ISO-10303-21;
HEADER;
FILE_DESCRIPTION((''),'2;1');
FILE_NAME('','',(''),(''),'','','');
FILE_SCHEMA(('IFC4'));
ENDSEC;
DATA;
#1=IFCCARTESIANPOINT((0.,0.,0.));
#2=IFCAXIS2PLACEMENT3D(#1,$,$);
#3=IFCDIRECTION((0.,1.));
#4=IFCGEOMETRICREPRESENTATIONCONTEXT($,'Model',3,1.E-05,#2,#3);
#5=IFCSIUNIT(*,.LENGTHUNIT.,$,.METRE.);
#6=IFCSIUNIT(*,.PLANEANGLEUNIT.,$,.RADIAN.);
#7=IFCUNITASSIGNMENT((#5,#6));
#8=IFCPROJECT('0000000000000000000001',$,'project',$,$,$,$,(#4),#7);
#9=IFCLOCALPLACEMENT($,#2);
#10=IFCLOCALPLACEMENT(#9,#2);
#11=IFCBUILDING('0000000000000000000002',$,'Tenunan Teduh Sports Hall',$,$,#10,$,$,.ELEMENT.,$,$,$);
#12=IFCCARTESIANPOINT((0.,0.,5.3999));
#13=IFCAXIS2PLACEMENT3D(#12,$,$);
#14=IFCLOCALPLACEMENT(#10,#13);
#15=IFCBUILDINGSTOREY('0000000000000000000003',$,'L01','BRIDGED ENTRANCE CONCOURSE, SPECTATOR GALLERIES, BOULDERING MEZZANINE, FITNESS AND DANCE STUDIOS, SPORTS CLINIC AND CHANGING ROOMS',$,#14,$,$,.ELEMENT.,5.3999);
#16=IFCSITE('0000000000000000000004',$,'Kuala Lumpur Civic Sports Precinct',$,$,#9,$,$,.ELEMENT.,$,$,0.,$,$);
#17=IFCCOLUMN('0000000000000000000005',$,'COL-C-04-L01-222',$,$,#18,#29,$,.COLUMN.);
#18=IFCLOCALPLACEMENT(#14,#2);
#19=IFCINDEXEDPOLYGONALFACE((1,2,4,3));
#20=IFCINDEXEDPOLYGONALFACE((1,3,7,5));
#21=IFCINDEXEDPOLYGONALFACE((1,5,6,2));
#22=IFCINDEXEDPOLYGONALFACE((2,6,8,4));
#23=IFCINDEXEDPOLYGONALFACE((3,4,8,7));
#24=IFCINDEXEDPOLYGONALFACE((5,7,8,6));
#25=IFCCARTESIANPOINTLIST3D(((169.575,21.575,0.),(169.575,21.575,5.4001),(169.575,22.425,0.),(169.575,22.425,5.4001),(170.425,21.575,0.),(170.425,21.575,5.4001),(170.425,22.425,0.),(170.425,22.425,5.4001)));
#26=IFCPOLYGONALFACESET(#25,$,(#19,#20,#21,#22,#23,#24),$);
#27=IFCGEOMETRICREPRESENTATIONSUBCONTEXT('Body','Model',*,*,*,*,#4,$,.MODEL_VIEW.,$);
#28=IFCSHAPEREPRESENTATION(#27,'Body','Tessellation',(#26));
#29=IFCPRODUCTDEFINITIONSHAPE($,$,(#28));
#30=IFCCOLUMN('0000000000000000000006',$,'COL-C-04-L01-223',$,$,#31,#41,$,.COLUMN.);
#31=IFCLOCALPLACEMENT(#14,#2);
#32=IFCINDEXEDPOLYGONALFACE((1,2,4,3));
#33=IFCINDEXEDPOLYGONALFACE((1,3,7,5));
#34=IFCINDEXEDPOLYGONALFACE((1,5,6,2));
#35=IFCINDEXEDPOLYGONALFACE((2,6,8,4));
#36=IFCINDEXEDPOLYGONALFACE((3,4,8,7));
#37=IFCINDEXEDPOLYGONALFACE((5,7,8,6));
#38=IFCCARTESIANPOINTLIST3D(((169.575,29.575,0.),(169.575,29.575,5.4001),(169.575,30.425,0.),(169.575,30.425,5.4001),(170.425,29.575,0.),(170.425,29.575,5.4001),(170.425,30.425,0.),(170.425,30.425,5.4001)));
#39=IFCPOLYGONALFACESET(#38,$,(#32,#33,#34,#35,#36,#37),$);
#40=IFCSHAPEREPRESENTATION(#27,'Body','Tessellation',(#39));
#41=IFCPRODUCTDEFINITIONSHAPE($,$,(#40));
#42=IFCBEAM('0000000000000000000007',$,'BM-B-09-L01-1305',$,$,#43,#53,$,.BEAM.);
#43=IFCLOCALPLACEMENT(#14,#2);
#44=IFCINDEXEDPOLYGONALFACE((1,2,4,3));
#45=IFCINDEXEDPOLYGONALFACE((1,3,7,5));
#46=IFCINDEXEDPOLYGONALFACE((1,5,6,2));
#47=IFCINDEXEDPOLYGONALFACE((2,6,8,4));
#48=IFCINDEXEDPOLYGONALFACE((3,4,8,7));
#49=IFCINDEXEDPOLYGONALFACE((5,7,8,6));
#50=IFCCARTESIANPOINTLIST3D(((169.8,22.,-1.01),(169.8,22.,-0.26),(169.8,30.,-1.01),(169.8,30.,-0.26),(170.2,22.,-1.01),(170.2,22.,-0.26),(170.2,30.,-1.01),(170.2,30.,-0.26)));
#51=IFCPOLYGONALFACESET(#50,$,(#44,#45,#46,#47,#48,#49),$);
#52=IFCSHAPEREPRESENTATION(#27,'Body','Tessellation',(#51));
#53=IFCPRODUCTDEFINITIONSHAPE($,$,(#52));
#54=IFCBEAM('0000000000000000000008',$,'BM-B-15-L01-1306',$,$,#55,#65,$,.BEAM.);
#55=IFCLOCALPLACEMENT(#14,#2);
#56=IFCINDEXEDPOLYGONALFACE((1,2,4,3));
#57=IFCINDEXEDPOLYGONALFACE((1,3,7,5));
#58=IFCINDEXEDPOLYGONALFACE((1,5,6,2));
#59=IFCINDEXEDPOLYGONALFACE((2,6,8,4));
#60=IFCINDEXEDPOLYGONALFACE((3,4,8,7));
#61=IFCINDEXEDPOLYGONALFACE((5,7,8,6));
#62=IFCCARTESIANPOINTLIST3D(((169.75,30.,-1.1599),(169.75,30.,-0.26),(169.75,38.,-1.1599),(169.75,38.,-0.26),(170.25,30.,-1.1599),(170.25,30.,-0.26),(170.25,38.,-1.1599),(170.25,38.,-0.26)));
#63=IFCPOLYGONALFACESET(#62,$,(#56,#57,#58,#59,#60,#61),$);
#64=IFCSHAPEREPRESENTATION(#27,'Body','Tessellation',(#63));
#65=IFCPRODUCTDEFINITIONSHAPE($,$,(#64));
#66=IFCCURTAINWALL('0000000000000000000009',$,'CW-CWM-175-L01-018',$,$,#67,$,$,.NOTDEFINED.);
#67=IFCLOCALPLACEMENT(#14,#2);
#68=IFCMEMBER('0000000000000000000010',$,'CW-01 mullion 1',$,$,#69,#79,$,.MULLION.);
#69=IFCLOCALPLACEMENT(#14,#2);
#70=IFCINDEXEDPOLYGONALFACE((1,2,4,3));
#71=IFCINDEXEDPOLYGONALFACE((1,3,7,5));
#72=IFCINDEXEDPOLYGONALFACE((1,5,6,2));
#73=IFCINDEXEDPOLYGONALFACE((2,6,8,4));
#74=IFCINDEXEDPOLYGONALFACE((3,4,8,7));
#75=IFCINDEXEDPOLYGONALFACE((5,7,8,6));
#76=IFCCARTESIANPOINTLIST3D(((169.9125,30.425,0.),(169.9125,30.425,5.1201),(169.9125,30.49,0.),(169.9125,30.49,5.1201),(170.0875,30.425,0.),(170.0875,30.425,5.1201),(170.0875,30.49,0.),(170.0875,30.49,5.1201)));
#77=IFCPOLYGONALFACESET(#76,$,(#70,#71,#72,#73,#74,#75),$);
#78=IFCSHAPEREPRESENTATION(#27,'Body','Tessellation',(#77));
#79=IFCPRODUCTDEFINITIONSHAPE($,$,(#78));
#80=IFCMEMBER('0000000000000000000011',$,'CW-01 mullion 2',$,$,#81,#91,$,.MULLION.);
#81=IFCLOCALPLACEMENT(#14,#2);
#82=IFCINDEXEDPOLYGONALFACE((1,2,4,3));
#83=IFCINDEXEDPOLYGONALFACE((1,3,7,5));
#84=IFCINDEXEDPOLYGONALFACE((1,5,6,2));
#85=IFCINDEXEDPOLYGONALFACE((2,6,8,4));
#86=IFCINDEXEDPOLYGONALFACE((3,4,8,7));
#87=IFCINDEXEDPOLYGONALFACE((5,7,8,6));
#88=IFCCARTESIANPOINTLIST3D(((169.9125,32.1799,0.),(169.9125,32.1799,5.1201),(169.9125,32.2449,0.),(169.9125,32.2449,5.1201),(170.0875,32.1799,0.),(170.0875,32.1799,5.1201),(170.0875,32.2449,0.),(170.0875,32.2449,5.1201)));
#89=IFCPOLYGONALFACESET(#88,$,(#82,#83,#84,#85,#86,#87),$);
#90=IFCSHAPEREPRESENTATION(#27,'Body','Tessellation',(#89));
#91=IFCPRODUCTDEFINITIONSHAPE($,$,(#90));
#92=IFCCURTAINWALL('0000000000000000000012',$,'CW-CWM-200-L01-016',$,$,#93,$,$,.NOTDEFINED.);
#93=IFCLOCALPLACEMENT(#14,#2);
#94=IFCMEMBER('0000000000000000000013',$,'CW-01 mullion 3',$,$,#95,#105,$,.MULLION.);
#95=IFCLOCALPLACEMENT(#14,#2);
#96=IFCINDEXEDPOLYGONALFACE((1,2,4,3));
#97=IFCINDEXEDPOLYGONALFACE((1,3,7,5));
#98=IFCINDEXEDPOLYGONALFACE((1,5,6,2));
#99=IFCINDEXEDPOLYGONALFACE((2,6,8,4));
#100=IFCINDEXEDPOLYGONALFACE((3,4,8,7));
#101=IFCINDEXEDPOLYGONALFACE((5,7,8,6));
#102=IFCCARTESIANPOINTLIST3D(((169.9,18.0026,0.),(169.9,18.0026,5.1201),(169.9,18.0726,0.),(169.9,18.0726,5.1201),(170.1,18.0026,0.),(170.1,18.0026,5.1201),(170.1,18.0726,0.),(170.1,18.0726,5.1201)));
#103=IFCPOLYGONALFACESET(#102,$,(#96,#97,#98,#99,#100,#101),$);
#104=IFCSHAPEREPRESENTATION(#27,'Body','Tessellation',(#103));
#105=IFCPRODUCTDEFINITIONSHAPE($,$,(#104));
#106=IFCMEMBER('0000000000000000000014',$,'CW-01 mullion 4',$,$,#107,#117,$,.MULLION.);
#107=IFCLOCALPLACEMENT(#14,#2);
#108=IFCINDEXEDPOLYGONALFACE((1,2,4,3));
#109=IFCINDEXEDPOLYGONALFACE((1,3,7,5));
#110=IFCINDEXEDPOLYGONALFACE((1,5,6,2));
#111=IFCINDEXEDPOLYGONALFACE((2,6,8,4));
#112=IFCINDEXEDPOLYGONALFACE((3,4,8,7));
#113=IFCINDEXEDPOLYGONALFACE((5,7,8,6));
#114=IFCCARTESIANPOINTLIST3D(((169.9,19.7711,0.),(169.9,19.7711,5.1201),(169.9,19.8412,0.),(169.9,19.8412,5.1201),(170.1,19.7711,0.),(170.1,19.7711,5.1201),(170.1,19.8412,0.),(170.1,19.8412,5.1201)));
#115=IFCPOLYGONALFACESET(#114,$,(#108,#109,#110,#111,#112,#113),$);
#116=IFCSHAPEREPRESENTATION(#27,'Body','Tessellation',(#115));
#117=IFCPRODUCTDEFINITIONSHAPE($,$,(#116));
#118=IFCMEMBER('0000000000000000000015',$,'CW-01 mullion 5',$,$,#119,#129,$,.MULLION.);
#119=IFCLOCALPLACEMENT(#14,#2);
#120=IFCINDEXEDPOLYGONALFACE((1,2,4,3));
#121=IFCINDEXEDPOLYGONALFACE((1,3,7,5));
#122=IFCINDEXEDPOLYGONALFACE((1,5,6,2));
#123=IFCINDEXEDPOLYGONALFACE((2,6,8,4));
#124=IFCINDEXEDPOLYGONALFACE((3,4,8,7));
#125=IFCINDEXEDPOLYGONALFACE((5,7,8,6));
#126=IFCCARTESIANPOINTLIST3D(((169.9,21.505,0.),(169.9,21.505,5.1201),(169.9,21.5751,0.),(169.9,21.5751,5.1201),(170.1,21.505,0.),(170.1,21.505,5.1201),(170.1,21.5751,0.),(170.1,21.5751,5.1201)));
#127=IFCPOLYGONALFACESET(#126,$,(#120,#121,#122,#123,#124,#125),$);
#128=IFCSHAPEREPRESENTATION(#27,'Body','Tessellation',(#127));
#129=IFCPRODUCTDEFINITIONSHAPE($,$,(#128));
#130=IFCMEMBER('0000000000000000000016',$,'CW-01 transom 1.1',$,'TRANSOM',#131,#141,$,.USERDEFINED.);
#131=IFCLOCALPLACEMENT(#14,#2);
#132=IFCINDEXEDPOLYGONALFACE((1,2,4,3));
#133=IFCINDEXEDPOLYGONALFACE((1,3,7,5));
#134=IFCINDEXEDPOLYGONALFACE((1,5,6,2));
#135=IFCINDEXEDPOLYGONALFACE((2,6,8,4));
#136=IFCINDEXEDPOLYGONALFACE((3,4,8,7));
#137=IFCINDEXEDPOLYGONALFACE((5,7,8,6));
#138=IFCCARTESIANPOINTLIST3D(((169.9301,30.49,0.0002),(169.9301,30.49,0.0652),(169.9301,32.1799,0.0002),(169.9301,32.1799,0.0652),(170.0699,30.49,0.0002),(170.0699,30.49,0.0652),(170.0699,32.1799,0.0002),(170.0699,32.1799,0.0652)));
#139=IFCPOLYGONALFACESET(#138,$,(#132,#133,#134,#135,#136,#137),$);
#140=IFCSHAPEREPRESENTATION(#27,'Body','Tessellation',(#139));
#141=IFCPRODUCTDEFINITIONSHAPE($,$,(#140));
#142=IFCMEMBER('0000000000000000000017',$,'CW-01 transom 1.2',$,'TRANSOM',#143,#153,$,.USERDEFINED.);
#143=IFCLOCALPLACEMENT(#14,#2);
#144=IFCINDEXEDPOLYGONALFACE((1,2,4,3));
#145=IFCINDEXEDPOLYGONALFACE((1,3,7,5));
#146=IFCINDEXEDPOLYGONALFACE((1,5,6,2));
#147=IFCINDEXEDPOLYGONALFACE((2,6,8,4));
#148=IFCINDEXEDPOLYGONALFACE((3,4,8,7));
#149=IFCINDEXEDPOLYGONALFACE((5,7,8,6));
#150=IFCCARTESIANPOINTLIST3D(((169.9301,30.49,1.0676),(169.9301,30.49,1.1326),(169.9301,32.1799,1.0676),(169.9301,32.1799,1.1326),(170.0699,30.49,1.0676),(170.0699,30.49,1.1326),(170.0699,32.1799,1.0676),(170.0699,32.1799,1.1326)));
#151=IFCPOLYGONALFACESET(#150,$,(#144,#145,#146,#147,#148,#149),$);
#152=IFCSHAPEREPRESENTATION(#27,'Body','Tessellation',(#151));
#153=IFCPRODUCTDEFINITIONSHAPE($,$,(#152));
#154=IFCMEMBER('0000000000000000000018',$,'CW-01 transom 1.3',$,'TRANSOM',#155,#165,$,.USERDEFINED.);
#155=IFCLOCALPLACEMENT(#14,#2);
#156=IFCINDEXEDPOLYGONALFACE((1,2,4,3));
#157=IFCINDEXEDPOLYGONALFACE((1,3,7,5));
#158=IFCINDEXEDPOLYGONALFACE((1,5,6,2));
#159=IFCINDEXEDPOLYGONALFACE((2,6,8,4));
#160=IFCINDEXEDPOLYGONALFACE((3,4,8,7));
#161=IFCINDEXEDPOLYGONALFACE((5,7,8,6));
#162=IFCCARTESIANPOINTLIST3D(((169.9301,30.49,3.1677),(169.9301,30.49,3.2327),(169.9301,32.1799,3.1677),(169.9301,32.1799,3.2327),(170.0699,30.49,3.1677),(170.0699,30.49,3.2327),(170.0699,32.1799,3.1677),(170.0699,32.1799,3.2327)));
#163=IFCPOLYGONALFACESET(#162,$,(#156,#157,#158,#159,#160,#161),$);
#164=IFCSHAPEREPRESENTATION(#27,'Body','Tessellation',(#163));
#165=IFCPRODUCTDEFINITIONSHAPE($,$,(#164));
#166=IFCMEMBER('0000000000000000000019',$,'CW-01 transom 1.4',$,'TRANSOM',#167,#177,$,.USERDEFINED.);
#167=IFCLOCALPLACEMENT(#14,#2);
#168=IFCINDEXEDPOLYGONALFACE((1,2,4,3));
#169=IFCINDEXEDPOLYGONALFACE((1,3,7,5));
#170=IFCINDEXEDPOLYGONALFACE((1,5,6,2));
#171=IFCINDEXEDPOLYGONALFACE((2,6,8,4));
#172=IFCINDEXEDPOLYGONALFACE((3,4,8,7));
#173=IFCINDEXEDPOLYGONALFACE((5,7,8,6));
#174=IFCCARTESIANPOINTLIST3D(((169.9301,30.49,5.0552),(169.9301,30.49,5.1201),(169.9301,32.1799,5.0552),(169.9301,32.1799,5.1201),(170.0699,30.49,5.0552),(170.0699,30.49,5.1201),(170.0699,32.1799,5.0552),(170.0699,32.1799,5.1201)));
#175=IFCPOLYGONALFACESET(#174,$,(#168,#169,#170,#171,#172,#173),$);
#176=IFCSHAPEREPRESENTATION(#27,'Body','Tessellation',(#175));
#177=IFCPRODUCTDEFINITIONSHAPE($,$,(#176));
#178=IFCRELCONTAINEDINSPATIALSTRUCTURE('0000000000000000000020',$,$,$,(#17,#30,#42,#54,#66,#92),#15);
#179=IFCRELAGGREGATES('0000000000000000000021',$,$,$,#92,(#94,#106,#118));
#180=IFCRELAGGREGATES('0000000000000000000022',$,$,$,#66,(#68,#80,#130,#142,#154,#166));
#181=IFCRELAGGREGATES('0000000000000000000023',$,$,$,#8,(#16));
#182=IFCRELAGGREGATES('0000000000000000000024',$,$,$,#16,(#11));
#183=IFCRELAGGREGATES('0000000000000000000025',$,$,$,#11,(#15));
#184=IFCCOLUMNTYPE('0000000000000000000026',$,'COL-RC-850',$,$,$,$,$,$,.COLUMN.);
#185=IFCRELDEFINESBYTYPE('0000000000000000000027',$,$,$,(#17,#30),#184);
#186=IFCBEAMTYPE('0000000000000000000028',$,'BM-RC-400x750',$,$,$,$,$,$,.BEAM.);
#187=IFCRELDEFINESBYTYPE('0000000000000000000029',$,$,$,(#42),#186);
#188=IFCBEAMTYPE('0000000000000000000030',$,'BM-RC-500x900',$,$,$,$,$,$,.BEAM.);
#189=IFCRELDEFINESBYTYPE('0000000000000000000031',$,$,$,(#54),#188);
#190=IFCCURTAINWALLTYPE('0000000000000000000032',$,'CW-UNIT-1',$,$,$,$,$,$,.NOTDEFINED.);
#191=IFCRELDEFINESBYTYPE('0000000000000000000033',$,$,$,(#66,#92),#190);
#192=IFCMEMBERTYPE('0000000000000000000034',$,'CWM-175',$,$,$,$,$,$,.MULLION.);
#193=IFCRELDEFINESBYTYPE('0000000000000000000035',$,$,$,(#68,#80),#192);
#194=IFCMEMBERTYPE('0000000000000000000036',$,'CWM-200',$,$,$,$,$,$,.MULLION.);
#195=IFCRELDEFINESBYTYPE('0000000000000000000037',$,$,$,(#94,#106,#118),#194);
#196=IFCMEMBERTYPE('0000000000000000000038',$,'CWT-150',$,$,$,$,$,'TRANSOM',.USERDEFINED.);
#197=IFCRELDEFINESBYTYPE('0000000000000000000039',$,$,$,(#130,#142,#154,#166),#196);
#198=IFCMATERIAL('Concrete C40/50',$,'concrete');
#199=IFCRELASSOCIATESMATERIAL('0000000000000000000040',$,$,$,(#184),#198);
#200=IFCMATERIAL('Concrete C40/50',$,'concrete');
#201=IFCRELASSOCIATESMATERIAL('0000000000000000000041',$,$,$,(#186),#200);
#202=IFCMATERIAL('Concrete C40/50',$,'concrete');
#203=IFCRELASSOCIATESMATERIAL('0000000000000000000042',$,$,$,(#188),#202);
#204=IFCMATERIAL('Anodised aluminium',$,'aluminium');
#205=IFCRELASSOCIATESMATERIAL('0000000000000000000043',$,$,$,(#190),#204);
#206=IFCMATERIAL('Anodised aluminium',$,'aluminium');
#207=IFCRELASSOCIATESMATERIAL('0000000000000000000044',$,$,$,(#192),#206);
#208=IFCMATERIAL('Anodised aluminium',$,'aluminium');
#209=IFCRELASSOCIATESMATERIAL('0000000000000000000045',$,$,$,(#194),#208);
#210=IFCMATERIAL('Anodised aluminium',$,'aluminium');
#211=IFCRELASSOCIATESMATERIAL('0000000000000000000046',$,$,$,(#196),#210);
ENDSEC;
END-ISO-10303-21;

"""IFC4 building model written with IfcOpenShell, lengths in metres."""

from ifc_helpers import new_model, si_unit, direction, frame, origin, origin_2d, place, context, subcontext, project, spatial, rectangle, extrude, material, material_profile, profile_set, type_object, element, aggregate, save


model = new_model("IFC4")

# Units and contexts
model_context = context("Model", 3, precision=1e-05, world=origin(), true_north=direction((0.0, 1.0)))
body_context = subcontext(model_context, "Body", "Model", "MODEL_VIEW")
ifc_project = project(units=[si_unit("LENGTHUNIT", "METRE"), si_unit("PLANEANGLEUNIT", "RADIAN")], contexts=[model_context])

# Site, building, storey
site_placement = place(None, origin())
site = spatial("IfcSite", under=ifc_project, at=site_placement, Name="Kuala Lumpur Civic Sports Precinct", CompositionType="ELEMENT", RefElevation=0.0)
building_placement = place(site_placement, origin())
building = spatial("IfcBuilding", under=site, at=building_placement, Name="Tenunan Teduh Sports Hall", CompositionType="ELEMENT")
storey_placement = place(building_placement, frame((0.0, 0.0, 5.3999)))
storey = spatial("IfcBuildingStorey", under=building, at=storey_placement, Name="L01", Description="BRIDGED ENTRANCE CONCOURSE, SPECTATOR GALLERIES, BOULDERING MEZZANINE, FITNESS AND DANCE STUDIOS, SPORTS CLINIC AND CHANGING ROOMS", CompositionType="ELEMENT", Elevation=5.3999)

# Columns
ifc_material_1 = material(Name="Concrete C40/50", Category="concrete")
ifc_material_profile_1 = material_profile(ifc_material_1, rectangle(XDim=0.8501, YDim=0.8501, at=origin_2d()), Name="RC 850x850")
ifc_profile_set_1 = profile_set([ifc_material_profile_1], Name="Concrete C40/50")
column_type = type_object("IfcColumnType", Name="COL-RC-850", PredefinedType="COLUMN", material=ifc_profile_set_1)
for number, where, z_axis, x_axis, name in (
    (1, (170.0, 22.0, 0.0), (0.0, 0.0, 1.0), (1.0, 0.0, 0.0), "COL-C-04-L01-222"),
    (2, (170.0, 30.0, 0.0), (0.0, 0.0, 1.0), (1.0, 0.0, 0.0), "COL-C-04-L01-223"),
):
    element("IfcColumn", number, at=place(storey_placement, frame(where, z_axis=z_axis, x_axis=x_axis)), inside=storey, type_object=column_type, Name=name, PredefinedType="COLUMN", context=body_context, shape_type="SweptSolid", body=[
        extrude(rectangle(XDim=0.8501, YDim=0.8501, at=origin_2d()), origin(), (0.0, 0.0, 1.0), 5.4001),
    ])

# Beams
ifc_material_2 = material(Name="Concrete C40/50", Category="concrete")
ifc_material_profile_2 = material_profile(ifc_material_2, rectangle(XDim=0.3999, YDim=0.75, at=origin_2d()), Name="RCB 400x750")
ifc_profile_set_2 = profile_set([ifc_material_profile_2], Name="Concrete C40/50")
beam_type_1 = type_object("IfcBeamType", Name="BM-RC-400x750", PredefinedType="BEAM", material=ifc_profile_set_2)
beam_1_placement = place(storey_placement, frame((170.0, 22.0, -0.635), z_axis=(0.0, 1.0, 0.0), x_axis=(-1.0, 0.0, 0.0)))
element("IfcBeam", 3, at=beam_1_placement, inside=storey, type_object=beam_type_1, Name="BM-B-09-L01-1305", PredefinedType="BEAM", context=body_context, shape_type="SweptSolid", body=[
    extrude(rectangle(XDim=0.3999, YDim=0.75, at=origin_2d()), origin(), (0.0, 0.0, 1.0), 8.0),
])
ifc_material_3 = material(Name="Concrete C40/50", Category="concrete")
ifc_material_profile_3 = material_profile(ifc_material_3, rectangle(XDim=0.5, YDim=0.8999, at=origin_2d()), Name="RCB 500x900")
ifc_profile_set_3 = profile_set([ifc_material_profile_3], Name="Concrete C40/50")
beam_type_2 = type_object("IfcBeamType", Name="BM-RC-500x900", PredefinedType="BEAM", material=ifc_profile_set_3)
beam_2_placement = place(storey_placement, frame((170.0, 30.0, -0.71), z_axis=(0.0, 1.0, 0.0), x_axis=(-1.0, 0.0, 0.0)))
element("IfcBeam", 4, at=beam_2_placement, inside=storey, type_object=beam_type_2, Name="BM-B-15-L01-1306", PredefinedType="BEAM", context=body_context, shape_type="SweptSolid", body=[
    extrude(rectangle(XDim=0.5, YDim=0.8999, at=origin_2d()), origin(), (0.0, 0.0, 1.0), 8.0),
])

# Curtain walls, members
ifc_material_4 = material(Name="Anodised aluminium", Category="aluminium")
curtain_wall_type = type_object("IfcCurtainWallType", Name="CW-UNIT-1", PredefinedType="NOTDEFINED", material=ifc_material_4)
curtain_wall_1_placement = place(storey_placement, origin())
curtain_wall_1 = element("IfcCurtainWall", 5, at=curtain_wall_1_placement, inside=storey, type_object=curtain_wall_type, Name="CW-CWM-175-L01-018", PredefinedType="NOTDEFINED")
ifc_material_5 = material(Name="Anodised aluminium", Category="aluminium")
ifc_material_profile_4 = material_profile(ifc_material_5, rectangle(XDim=0.0649, YDim=0.175, at=origin_2d()), Name="CWM 65x175")
ifc_profile_set_4 = profile_set([ifc_material_profile_4], Name="Anodised aluminium")
member_type_1 = type_object("IfcMemberType", Name="CWM-175", PredefinedType="MULLION", material=ifc_profile_set_4)
member_1_placement = place(storey_placement, frame((170.0, 30.4575, 0.0), z_axis=(0.0, 0.0, 1.0), x_axis=(0.0, 1.0, 0.0)))
member_1 = element("IfcMember", 6, at=member_1_placement, type_object=member_type_1, Name="CW-01 mullion 1", PredefinedType="MULLION", context=body_context, shape_type="SweptSolid", body=[
    extrude(rectangle(XDim=0.0649, YDim=0.175, at=origin_2d()), origin(), (0.0, 0.0, 1.0), 5.1201),
])
member_2_placement = place(storey_placement, frame((170.0, 32.2124, 0.0), z_axis=(0.0, 0.0, 1.0), x_axis=(0.0, 1.0, 0.0)))
member_2 = element("IfcMember", 7, at=member_2_placement, type_object=member_type_1, Name="CW-01 mullion 2", PredefinedType="MULLION", context=body_context, shape_type="SweptSolid", body=[
    extrude(rectangle(XDim=0.0649, YDim=0.175, at=origin_2d()), origin(), (0.0, 0.0, 1.0), 5.1201),
])
curtain_wall_2_placement = place(storey_placement, origin())
curtain_wall_2 = element("IfcCurtainWall", 8, at=curtain_wall_2_placement, inside=storey, type_object=curtain_wall_type, Name="CW-CWM-200-L01-016", PredefinedType="NOTDEFINED")
ifc_material_6 = material(Name="Anodised aluminium", Category="aluminium")
ifc_material_profile_5 = material_profile(ifc_material_6, rectangle(XDim=0.0701, YDim=0.2, at=origin_2d()), Name="CWM 70x200")
ifc_profile_set_5 = profile_set([ifc_material_profile_5], Name="Anodised aluminium")
member_type_2 = type_object("IfcMemberType", Name="CWM-200", PredefinedType="MULLION", material=ifc_profile_set_5)
member_3_placement = place(storey_placement, frame((170.0, 18.0376, 0.0), z_axis=(0.0, 0.0, 1.0), x_axis=(0.0, 1.0, 0.0)))
member_3 = element("IfcMember", 9, at=member_3_placement, type_object=member_type_2, Name="CW-01 mullion 3", PredefinedType="MULLION", context=body_context, shape_type="SweptSolid", body=[
    extrude(rectangle(XDim=0.0701, YDim=0.2, at=origin_2d()), origin(), (0.0, 0.0, 1.0), 5.1201),
])
member_4_placement = place(storey_placement, frame((170.0, 19.8062, 0.0), z_axis=(0.0, 0.0, 1.0), x_axis=(0.0, 1.0, 0.0)))
member_4 = element("IfcMember", 10, at=member_4_placement, type_object=member_type_2, Name="CW-01 mullion 4", PredefinedType="MULLION", context=body_context, shape_type="SweptSolid", body=[
    extrude(rectangle(XDim=0.0701, YDim=0.2, at=origin_2d()), origin(), (0.0, 0.0, 1.0), 5.1201),
])
member_5_placement = place(storey_placement, frame((170.0, 21.54, 0.0), z_axis=(0.0, 0.0, 1.0), x_axis=(0.0, 1.0, 0.0)))
member_5 = element("IfcMember", 11, at=member_5_placement, type_object=member_type_2, Name="CW-01 mullion 5", PredefinedType="MULLION", context=body_context, shape_type="SweptSolid", body=[
    extrude(rectangle(XDim=0.0701, YDim=0.2, at=origin_2d()), origin(), (0.0, 0.0, 1.0), 5.1201),
])

# Members
ifc_material_7 = material(Name="Anodised aluminium", Category="aluminium")
ifc_material_profile_6 = material_profile(ifc_material_7, rectangle(XDim=0.0649, YDim=0.1399, at=origin_2d()), Name="CWT 65x140")
ifc_profile_set_6 = profile_set([ifc_material_profile_6], Name="Anodised aluminium")
member_type_3 = type_object("IfcMemberType", Name="CWT-150", ElementType="TRANSOM", PredefinedType="USERDEFINED", material=ifc_profile_set_6)
member_6_placement = place(storey_placement, frame((170.0, 30.49, 0.0327), z_axis=(0.0, 1.0, 0.0), x_axis=(0.0, 0.0, 1.0)))
member_6 = element("IfcMember", 12, at=member_6_placement, type_object=member_type_3, Name="CW-01 transom 1.1", ObjectType="TRANSOM", PredefinedType="USERDEFINED", context=body_context, shape_type="SweptSolid", body=[
    extrude(rectangle(XDim=0.0649, YDim=0.1399, at=origin_2d()), origin(), (0.0, 0.0, 1.0), 1.6899),
])
member_7_placement = place(storey_placement, frame((170.0, 30.49, 1.1001), z_axis=(0.0, 1.0, 0.0), x_axis=(0.0, 0.0, 1.0)))
member_7 = element("IfcMember", 13, at=member_7_placement, type_object=member_type_3, Name="CW-01 transom 1.2", ObjectType="TRANSOM", PredefinedType="USERDEFINED", context=body_context, shape_type="SweptSolid", body=[
    extrude(rectangle(XDim=0.0649, YDim=0.1399, at=origin_2d()), origin(), (0.0, 0.0, 1.0), 1.6899),
])
member_8_placement = place(storey_placement, frame((170.0, 30.49, 3.2002), z_axis=(0.0, 1.0, 0.0), x_axis=(0.0, 0.0, 1.0)))
member_8 = element("IfcMember", 14, at=member_8_placement, type_object=member_type_3, Name="CW-01 transom 1.3", ObjectType="TRANSOM", PredefinedType="USERDEFINED", context=body_context, shape_type="SweptSolid", body=[
    extrude(rectangle(XDim=0.0649, YDim=0.1399, at=origin_2d()), origin(), (0.0, 0.0, 1.0), 1.6899),
])
member_9_placement = place(storey_placement, frame((170.0, 30.49, 5.0876), z_axis=(0.0, 1.0, 0.0), x_axis=(0.0, 0.0, 1.0)))
member_9 = element("IfcMember", 15, at=member_9_placement, type_object=member_type_3, Name="CW-01 transom 1.4", ObjectType="TRANSOM", PredefinedType="USERDEFINED", context=body_context, shape_type="SweptSolid", body=[
    extrude(rectangle(XDim=0.0649, YDim=0.1399, at=origin_2d()), origin(), (0.0, 0.0, 1.0), 1.6899),
])

aggregate(curtain_wall_2, [member_3, member_4, member_5])
aggregate(curtain_wall_1, [member_1, member_2, member_6, member_7, member_8, member_9])

save(model, "model.ifc")
